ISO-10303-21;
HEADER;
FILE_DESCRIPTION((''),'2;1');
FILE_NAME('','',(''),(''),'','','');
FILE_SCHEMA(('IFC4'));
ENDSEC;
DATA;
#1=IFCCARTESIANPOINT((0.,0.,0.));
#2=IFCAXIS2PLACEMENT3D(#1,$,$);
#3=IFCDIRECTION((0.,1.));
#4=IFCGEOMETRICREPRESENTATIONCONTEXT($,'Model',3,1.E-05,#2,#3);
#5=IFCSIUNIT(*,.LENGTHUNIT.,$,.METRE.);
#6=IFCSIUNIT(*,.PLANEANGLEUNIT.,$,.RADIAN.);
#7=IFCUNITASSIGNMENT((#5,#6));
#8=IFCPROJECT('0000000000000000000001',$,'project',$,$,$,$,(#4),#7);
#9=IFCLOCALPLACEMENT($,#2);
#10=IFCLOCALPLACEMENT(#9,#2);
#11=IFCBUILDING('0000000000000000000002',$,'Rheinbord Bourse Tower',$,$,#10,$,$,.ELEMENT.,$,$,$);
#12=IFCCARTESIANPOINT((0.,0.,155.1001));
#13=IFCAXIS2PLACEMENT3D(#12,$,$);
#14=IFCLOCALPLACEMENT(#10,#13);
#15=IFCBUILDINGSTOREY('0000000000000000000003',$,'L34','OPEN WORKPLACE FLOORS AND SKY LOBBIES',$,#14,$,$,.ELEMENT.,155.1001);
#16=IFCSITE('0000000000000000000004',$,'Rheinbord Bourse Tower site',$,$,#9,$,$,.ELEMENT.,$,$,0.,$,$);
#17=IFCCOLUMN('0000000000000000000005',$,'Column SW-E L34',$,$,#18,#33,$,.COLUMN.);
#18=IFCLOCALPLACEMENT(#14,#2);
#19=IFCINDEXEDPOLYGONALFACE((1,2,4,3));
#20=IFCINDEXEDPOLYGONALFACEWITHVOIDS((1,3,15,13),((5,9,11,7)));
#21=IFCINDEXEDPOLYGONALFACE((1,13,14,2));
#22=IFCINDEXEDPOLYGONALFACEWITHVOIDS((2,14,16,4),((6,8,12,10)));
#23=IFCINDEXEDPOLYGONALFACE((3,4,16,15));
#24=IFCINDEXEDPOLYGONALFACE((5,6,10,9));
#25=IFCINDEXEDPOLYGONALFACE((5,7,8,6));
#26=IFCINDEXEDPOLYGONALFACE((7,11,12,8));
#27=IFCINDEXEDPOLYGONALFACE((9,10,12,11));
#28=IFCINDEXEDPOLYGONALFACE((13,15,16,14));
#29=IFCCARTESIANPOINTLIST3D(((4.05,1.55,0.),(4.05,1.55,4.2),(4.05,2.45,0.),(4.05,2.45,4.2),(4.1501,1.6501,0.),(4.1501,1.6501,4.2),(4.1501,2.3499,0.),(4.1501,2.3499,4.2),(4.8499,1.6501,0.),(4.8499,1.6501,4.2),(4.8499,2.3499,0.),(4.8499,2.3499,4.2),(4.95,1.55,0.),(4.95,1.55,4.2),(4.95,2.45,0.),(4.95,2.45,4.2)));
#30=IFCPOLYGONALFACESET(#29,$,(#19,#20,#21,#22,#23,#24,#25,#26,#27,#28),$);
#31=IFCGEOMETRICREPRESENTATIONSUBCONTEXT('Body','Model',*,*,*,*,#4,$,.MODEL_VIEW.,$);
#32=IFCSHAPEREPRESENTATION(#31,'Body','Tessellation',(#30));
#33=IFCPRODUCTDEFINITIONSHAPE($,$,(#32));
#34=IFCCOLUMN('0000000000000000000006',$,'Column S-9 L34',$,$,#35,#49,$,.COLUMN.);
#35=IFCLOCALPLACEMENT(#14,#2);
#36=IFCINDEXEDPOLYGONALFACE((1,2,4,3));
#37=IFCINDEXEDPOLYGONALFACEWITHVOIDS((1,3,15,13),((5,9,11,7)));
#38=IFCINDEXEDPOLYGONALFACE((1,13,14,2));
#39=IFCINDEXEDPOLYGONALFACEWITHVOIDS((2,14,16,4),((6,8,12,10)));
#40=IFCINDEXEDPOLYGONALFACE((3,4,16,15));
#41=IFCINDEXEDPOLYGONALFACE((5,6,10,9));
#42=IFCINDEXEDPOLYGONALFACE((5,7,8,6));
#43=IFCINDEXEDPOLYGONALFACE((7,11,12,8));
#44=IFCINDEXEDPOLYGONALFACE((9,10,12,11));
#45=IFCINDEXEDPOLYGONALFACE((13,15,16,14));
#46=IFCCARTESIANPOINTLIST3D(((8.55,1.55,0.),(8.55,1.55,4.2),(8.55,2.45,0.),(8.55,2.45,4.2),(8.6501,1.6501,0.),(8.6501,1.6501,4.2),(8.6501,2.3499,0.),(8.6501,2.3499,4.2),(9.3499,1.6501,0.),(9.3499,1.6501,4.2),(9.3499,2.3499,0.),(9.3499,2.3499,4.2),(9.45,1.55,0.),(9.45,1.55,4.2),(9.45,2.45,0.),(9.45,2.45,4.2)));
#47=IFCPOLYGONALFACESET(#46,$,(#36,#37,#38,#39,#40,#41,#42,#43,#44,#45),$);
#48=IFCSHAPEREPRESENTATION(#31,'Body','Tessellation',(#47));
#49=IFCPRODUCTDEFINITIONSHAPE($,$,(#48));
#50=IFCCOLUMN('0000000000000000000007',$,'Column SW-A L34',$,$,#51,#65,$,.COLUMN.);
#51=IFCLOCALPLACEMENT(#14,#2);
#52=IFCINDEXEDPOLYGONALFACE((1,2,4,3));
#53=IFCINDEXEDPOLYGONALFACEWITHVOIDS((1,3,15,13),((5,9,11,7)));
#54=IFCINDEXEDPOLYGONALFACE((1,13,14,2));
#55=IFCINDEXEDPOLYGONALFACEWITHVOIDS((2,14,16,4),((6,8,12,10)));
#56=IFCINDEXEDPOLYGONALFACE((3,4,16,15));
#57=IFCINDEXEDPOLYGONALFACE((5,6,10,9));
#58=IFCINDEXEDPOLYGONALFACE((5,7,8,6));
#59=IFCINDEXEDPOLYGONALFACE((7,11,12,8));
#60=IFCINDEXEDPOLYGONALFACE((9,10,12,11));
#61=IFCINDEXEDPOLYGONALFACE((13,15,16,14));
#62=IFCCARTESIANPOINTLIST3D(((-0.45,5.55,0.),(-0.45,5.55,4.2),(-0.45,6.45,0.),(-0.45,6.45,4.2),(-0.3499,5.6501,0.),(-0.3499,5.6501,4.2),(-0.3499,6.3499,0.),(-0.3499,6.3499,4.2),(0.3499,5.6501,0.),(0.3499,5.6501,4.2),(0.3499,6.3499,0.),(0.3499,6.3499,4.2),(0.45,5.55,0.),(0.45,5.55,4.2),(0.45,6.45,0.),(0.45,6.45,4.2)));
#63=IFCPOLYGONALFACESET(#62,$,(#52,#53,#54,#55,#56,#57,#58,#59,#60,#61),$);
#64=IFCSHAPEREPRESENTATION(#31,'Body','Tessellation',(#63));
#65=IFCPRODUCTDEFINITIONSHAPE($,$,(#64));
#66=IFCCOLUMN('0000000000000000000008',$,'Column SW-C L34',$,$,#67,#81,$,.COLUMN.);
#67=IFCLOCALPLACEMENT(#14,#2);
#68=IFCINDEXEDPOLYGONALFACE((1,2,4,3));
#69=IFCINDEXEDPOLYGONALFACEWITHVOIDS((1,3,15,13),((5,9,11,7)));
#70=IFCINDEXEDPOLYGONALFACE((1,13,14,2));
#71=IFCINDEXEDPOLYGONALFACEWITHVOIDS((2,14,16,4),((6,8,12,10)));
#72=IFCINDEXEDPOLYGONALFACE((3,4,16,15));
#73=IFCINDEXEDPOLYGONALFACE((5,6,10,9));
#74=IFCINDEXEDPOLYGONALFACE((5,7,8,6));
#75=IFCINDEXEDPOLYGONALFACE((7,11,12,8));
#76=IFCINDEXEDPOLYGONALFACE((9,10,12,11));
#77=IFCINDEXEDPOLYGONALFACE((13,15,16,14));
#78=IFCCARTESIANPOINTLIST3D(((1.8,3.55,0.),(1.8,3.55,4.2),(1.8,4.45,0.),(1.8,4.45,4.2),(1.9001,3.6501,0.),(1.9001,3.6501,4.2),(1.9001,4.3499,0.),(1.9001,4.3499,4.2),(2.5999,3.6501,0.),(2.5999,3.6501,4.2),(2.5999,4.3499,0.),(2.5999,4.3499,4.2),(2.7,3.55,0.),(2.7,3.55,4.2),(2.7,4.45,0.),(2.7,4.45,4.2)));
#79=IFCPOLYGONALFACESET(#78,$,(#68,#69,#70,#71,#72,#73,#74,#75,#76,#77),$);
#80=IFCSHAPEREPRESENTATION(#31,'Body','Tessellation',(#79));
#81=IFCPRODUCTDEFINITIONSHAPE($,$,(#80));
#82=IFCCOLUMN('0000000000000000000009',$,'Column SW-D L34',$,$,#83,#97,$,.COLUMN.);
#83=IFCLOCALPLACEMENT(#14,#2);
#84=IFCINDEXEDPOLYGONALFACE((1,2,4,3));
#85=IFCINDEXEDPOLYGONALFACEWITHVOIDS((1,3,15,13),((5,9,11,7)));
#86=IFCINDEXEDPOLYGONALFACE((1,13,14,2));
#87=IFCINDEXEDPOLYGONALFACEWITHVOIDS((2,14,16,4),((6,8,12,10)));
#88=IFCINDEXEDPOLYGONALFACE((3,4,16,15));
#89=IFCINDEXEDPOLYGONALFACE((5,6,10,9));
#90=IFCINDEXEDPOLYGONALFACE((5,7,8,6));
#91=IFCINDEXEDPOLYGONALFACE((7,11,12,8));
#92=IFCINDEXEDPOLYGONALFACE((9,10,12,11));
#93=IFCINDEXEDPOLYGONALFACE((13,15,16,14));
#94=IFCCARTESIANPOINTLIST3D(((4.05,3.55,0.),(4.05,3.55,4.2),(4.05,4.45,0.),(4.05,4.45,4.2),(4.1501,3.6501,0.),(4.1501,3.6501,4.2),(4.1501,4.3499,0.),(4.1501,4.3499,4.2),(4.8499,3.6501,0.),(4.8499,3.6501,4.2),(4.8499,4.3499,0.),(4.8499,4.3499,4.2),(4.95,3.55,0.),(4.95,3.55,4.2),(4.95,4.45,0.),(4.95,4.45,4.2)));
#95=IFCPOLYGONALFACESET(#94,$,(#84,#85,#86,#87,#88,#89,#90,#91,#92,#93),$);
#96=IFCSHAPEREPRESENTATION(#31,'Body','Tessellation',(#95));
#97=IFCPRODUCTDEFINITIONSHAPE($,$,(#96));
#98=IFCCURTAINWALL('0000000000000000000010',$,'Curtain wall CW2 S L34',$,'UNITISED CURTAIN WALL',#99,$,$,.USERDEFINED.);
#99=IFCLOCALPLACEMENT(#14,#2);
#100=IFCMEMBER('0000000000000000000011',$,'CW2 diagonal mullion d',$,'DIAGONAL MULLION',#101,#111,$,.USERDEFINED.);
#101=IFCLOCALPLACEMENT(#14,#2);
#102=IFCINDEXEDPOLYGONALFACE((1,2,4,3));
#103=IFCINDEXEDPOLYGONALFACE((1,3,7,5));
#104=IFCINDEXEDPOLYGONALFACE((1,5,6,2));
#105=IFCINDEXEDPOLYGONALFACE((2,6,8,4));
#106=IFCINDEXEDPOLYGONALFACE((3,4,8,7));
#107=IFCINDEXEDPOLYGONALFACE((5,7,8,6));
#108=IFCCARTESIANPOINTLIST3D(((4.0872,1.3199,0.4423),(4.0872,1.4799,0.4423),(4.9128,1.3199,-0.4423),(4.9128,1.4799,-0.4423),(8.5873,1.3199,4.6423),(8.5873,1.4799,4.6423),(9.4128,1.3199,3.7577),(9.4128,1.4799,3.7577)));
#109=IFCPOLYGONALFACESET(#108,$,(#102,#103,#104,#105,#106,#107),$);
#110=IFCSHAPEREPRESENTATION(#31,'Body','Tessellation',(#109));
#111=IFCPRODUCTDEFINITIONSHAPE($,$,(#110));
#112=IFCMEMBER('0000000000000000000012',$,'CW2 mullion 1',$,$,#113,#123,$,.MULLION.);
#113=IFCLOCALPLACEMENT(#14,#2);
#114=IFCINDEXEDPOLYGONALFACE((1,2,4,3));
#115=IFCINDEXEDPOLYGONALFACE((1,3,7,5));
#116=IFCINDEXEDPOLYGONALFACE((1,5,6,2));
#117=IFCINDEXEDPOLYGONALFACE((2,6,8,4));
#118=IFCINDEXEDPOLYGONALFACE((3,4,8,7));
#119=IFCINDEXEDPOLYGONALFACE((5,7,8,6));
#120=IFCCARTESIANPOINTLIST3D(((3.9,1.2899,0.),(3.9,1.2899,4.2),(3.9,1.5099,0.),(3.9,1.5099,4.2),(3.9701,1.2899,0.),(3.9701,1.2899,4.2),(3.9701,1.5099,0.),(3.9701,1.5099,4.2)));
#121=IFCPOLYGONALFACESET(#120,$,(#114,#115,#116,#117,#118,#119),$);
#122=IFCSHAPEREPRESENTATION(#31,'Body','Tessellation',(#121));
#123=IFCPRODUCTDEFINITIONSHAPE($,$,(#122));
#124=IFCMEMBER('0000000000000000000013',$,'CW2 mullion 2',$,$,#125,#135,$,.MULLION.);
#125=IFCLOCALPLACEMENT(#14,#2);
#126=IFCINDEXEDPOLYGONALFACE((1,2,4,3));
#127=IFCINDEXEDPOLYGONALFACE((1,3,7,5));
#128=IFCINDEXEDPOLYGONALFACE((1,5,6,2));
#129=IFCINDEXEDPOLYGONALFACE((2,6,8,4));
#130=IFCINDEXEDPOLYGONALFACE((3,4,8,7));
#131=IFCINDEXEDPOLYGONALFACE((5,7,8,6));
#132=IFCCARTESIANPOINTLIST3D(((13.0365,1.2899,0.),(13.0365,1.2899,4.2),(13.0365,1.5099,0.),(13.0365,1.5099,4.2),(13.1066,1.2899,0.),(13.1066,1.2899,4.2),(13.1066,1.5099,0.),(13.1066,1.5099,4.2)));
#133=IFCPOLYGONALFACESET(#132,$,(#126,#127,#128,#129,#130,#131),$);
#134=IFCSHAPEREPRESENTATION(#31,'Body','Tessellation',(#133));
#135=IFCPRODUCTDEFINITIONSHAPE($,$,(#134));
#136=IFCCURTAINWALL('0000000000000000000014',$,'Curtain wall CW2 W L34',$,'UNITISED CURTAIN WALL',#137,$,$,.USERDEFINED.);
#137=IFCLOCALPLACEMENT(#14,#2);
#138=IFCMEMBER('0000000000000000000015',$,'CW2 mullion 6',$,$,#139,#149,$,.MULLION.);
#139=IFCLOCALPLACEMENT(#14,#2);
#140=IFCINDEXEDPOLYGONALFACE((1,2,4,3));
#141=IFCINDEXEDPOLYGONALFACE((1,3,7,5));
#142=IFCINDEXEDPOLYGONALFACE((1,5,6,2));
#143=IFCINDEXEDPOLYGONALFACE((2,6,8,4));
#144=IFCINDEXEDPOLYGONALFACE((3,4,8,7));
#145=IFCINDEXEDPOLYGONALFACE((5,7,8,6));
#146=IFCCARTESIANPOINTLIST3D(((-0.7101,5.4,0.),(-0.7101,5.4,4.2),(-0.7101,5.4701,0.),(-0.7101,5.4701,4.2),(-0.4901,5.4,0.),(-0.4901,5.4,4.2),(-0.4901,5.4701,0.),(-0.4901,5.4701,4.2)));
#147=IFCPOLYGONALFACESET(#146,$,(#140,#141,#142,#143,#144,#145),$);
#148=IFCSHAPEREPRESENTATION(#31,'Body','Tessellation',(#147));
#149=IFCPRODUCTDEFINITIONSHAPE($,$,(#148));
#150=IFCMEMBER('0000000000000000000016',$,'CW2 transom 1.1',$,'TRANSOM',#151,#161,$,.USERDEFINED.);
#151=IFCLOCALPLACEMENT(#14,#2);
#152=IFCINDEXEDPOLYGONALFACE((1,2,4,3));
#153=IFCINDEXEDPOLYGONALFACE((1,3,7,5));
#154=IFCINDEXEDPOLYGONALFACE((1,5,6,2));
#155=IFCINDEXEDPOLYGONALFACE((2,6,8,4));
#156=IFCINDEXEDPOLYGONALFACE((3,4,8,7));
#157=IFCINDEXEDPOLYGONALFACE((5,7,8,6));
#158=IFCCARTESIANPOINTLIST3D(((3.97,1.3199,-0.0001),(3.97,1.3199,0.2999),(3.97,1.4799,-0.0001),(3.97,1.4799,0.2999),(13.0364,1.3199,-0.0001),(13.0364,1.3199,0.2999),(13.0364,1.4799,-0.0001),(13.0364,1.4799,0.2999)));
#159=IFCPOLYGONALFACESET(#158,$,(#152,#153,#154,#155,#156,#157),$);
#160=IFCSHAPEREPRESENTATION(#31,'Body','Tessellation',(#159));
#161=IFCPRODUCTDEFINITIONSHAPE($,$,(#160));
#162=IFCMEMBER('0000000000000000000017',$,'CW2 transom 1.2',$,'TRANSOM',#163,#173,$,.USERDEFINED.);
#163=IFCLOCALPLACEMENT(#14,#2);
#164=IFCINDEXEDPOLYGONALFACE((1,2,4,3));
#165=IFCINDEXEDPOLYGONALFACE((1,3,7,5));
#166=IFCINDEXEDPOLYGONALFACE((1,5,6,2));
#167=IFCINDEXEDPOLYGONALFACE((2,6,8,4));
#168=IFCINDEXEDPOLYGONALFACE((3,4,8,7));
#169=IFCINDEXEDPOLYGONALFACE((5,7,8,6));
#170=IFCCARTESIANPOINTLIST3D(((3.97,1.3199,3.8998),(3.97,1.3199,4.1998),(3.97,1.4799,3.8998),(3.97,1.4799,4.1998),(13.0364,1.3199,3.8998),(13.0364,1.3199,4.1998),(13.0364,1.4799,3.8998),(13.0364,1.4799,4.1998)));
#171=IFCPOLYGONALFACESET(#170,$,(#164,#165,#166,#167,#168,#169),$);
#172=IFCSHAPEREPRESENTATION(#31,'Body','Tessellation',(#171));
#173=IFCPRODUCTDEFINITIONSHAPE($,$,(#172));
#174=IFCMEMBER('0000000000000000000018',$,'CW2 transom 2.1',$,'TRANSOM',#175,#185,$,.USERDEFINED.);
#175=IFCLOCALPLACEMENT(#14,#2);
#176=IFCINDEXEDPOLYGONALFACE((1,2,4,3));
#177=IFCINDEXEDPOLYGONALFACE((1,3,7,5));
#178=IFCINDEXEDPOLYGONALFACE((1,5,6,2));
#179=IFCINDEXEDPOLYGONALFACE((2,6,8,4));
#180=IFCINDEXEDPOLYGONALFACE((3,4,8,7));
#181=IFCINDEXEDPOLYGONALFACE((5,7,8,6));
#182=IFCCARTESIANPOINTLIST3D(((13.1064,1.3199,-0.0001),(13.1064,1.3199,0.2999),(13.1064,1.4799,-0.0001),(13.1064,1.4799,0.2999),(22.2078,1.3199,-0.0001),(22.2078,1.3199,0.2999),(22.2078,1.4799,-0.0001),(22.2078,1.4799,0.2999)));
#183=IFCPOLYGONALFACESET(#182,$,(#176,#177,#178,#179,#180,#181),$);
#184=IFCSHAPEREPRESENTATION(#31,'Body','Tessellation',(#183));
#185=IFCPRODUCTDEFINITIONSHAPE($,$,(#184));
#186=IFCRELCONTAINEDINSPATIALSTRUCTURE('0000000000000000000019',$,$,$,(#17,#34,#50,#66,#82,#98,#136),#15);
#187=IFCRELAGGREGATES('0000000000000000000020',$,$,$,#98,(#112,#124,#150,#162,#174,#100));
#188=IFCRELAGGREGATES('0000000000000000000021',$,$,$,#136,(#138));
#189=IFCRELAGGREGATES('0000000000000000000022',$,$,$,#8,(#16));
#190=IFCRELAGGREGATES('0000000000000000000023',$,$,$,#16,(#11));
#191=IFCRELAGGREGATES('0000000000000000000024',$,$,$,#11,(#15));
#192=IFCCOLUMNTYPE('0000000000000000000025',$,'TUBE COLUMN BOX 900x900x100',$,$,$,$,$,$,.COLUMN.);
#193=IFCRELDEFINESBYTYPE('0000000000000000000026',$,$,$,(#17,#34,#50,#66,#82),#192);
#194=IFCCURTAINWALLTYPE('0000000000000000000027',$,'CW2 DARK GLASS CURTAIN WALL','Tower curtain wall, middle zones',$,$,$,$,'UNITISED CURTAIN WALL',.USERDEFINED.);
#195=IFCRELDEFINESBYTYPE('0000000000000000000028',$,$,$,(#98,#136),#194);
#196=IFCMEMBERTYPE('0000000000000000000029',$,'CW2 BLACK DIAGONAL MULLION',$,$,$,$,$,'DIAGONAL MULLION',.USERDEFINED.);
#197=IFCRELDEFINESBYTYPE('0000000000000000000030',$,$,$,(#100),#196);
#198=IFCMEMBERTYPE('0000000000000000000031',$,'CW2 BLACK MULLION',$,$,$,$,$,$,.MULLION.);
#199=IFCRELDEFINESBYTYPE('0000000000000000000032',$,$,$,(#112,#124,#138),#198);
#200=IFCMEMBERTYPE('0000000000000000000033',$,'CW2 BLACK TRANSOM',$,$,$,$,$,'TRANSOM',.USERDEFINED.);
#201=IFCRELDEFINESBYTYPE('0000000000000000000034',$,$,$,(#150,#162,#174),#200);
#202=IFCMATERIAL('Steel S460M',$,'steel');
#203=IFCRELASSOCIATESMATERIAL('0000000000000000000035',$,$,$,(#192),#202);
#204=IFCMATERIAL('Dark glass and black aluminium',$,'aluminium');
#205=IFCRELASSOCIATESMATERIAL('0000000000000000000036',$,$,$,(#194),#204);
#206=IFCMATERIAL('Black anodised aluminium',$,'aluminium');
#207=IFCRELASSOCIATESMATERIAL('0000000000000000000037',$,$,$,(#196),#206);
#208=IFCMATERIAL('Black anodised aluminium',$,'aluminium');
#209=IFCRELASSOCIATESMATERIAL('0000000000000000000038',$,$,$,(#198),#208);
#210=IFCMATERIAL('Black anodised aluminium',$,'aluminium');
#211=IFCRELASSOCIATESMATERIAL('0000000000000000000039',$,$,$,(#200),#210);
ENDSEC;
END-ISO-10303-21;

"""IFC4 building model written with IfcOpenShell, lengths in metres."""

from ifc_helpers import new_model, si_unit, direction, frame, origin, origin_2d, place, context, subcontext, project, spatial, rectangle, hollow_rectangle, extrude, material, material_profile, profile_set, type_object, element, aggregate, save


model = new_model("IFC4")

# Units and contexts
model_context = context("Model", 3, precision=1e-05, world=origin(), true_north=direction((0.0, 1.0)))
body_context = subcontext(model_context, "Body", "Model", "MODEL_VIEW")
ifc_project = project(units=[si_unit("LENGTHUNIT", "METRE"), si_unit("PLANEANGLEUNIT", "RADIAN")], contexts=[model_context])

# Site, building, storey
site_placement = place(None, origin())
site = spatial("IfcSite", under=ifc_project, at=site_placement, Name="Rheinbord Bourse Tower site", CompositionType="ELEMENT", RefElevation=0.0)
building_placement = place(site_placement, origin())
building = spatial("IfcBuilding", under=site, at=building_placement, Name="Rheinbord Bourse Tower", CompositionType="ELEMENT")
storey_placement = place(building_placement, frame((0.0, 0.0, 155.1001)))
storey = spatial("IfcBuildingStorey", under=building, at=storey_placement, Name="L34", Description="OPEN WORKPLACE FLOORS AND SKY LOBBIES", CompositionType="ELEMENT", Elevation=155.1001)

# Columns
ifc_material_1 = material(Name="Steel S460M", Category="steel")
ifc_material_profile_1 = material_profile(ifc_material_1, hollow_rectangle(XDim=0.8999, YDim=0.8999, WallThickness=0.1001, at=origin_2d()), Name="BOX 900x900x100")
ifc_profile_set_1 = profile_set([ifc_material_profile_1], Name="Steel S460M")
column_type = type_object("IfcColumnType", Name="TUBE COLUMN BOX 900x900x100", PredefinedType="COLUMN", material=ifc_profile_set_1)
for number, where, z_axis, x_axis, name in (
    (1, (4.5, 2.0, 0.0), (0.0, 0.0, 1.0), (0.0, 1.0, 0.0), "Column SW-E L34"),
    (2, (9.0, 2.0, 0.0), (0.0, 0.0, 1.0), (0.0, 1.0, 0.0), "Column S-9 L34"),
    (3, (0.0, 6.0, 0.0), (0.0, 0.0, 1.0), (1.0, 0.0, 0.0), "Column SW-A L34"),
    (4, (2.25, 4.0, 0.0), (0.0, 0.0, 1.0), (1.0, 0.0, 0.0), "Column SW-C L34"),
    (5, (4.5, 4.0, 0.0), (0.0, 0.0, 1.0), (0.0, 1.0, 0.0), "Column SW-D L34"),
):
    element("IfcColumn", number, at=place(storey_placement, frame(where, z_axis=z_axis, x_axis=x_axis)), inside=storey, type_object=column_type, Name=name, PredefinedType="COLUMN", context=body_context, shape_type="SweptSolid", body=[
        extrude(hollow_rectangle(XDim=0.8999, YDim=0.8999, WallThickness=0.1001, at=origin_2d()), origin(), (0.0, 0.0, 1.0), 4.2),
    ])

# Curtain wall, members
ifc_material_2 = material(Name="Dark glass and black aluminium", Category="aluminium")
curtain_wall_type = type_object("IfcCurtainWallType", Name="CW2 DARK GLASS CURTAIN WALL", Description="Tower curtain wall, middle zones", ElementType="UNITISED CURTAIN WALL", PredefinedType="USERDEFINED", material=ifc_material_2)
curtain_wall_1_placement = place(storey_placement, origin())
curtain_wall_1 = element("IfcCurtainWall", 6, at=curtain_wall_1_placement, inside=storey, type_object=curtain_wall_type, Name="Curtain wall CW2 S L34", ObjectType="UNITISED CURTAIN WALL", PredefinedType="USERDEFINED")
ifc_material_3 = material(Name="Black anodised aluminium", Category="aluminium")
ifc_material_profile_2 = material_profile(ifc_material_3, rectangle(XDim=0.1599, YDim=1.21, at=origin_2d()), Name="CW2 DIAGONAL MULLION 1210x160")
ifc_profile_set_2 = profile_set([ifc_material_profile_2], Name="Black anodised aluminium")
member_type_1 = type_object("IfcMemberType", Name="CW2 BLACK DIAGONAL MULLION", ElementType="DIAGONAL MULLION", PredefinedType="USERDEFINED", material=ifc_profile_set_2)
member_1_placement = place(storey_placement, frame((4.5, 1.3999, 0.0), z_axis=(0.731059, 0.0, 0.682314), x_axis=(0.0, 1.0, 0.0)))
member_1 = element("IfcMember", 7, at=member_1_placement, type_object=member_type_1, Name="CW2 diagonal mullion d", ObjectType="DIAGONAL MULLION", PredefinedType="USERDEFINED", context=body_context, shape_type="SweptSolid", body=[
    extrude(rectangle(XDim=0.1599, YDim=1.21, at=origin_2d()), origin(), (0.0, 0.0, 1.0), 6.1555),
])
ifc_material_4 = material(Name="Black anodised aluminium", Category="aluminium")
ifc_material_profile_3 = material_profile(ifc_material_4, rectangle(XDim=0.22, YDim=0.0701, at=origin_2d()), Name="CW2 MULLION 70x220")
ifc_profile_set_3 = profile_set([ifc_material_profile_3], Name="Black anodised aluminium")
member_type_2 = type_object("IfcMemberType", Name="CW2 BLACK MULLION", PredefinedType="MULLION", material=ifc_profile_set_3)
member_2_placement = place(storey_placement, frame((3.9351, 1.3999, 0.0), z_axis=(0.0, 0.0, 1.0), x_axis=(0.0, 1.0, 0.0)))
member_2 = element("IfcMember", 8, at=member_2_placement, type_object=member_type_2, Name="CW2 mullion 1", PredefinedType="MULLION", context=body_context, shape_type="SweptSolid", body=[
    extrude(rectangle(XDim=0.22, YDim=0.0701, at=origin_2d()), origin(), (0.0, 0.0, 1.0), 4.2),
])
member_3_placement = place(storey_placement, frame((13.0715, 1.3999, 0.0), z_axis=(0.0, 0.0, 1.0), x_axis=(0.0, 1.0, 0.0)))
member_3 = element("IfcMember", 9, at=member_3_placement, type_object=member_type_2, Name="CW2 mullion 2", PredefinedType="MULLION", context=body_context, shape_type="SweptSolid", body=[
    extrude(rectangle(XDim=0.22, YDim=0.0701, at=origin_2d()), origin(), (0.0, 0.0, 1.0), 4.2),
])

# Curtain wall, member
curtain_wall_2_placement = place(storey_placement, origin())
curtain_wall_2 = element("IfcCurtainWall", 10, at=curtain_wall_2_placement, inside=storey, type_object=curtain_wall_type, Name="Curtain wall CW2 W L34", ObjectType="UNITISED CURTAIN WALL", PredefinedType="USERDEFINED")
member_4_placement = place(storey_placement, frame((-0.6001, 5.4351, 0.0), z_axis=(0.0, 0.0, 1.0), x_axis=(1.0, 0.0, 0.0)))
member_4 = element("IfcMember", 11, at=member_4_placement, type_object=member_type_2, Name="CW2 mullion 6", PredefinedType="MULLION", context=body_context, shape_type="SweptSolid", body=[
    extrude(rectangle(XDim=0.22, YDim=0.0701, at=origin_2d()), origin(), (0.0, 0.0, 1.0), 4.2),
])

# Members
ifc_material_5 = material(Name="Black anodised aluminium", Category="aluminium")
ifc_material_profile_4 = material_profile(ifc_material_5, rectangle(XDim=0.1599, YDim=0.3, at=origin_2d()), Name="CW2 TRANSOM 300x160")
ifc_profile_set_4 = profile_set([ifc_material_profile_4], Name="Black anodised aluminium")
member_type_3 = type_object("IfcMemberType", Name="CW2 BLACK TRANSOM", ElementType="TRANSOM", PredefinedType="USERDEFINED", material=ifc_profile_set_4)
member_5_placement = place(storey_placement, frame((3.97, 1.3999, 0.1499), z_axis=(1.0, 0.0, 0.0), x_axis=(0.0, 1.0, 0.0)))
member_5 = element("IfcMember", 12, at=member_5_placement, type_object=member_type_3, Name="CW2 transom 1.1", ObjectType="TRANSOM", PredefinedType="USERDEFINED", context=body_context, shape_type="SweptSolid", body=[
    extrude(rectangle(XDim=0.1599, YDim=0.3, at=origin_2d()), origin(), (0.0, 0.0, 1.0), 9.0664),
])
member_6_placement = place(storey_placement, frame((3.97, 1.3999, 4.0498), z_axis=(1.0, 0.0, 0.0), x_axis=(0.0, 1.0, 0.0)))
member_6 = element("IfcMember", 13, at=member_6_placement, type_object=member_type_3, Name="CW2 transom 1.2", ObjectType="TRANSOM", PredefinedType="USERDEFINED", context=body_context, shape_type="SweptSolid", body=[
    extrude(rectangle(XDim=0.1599, YDim=0.3, at=origin_2d()), origin(), (0.0, 0.0, 1.0), 9.0664),
])
member_7_placement = place(storey_placement, frame((13.1064, 1.3999, 0.1499), z_axis=(1.0, 0.0, 0.0), x_axis=(0.0, 1.0, 0.0)))
member_7 = element("IfcMember", 14, at=member_7_placement, type_object=member_type_3, Name="CW2 transom 2.1", ObjectType="TRANSOM", PredefinedType="USERDEFINED", context=body_context, shape_type="SweptSolid", body=[
    extrude(rectangle(XDim=0.1599, YDim=0.3, at=origin_2d()), origin(), (0.0, 0.0, 1.0), 9.1013),
])

aggregate(curtain_wall_1, [member_2, member_3, member_5, member_6, member_7, member_1])
aggregate(curtain_wall_2, [member_4])

save(model, "model.ifc")
